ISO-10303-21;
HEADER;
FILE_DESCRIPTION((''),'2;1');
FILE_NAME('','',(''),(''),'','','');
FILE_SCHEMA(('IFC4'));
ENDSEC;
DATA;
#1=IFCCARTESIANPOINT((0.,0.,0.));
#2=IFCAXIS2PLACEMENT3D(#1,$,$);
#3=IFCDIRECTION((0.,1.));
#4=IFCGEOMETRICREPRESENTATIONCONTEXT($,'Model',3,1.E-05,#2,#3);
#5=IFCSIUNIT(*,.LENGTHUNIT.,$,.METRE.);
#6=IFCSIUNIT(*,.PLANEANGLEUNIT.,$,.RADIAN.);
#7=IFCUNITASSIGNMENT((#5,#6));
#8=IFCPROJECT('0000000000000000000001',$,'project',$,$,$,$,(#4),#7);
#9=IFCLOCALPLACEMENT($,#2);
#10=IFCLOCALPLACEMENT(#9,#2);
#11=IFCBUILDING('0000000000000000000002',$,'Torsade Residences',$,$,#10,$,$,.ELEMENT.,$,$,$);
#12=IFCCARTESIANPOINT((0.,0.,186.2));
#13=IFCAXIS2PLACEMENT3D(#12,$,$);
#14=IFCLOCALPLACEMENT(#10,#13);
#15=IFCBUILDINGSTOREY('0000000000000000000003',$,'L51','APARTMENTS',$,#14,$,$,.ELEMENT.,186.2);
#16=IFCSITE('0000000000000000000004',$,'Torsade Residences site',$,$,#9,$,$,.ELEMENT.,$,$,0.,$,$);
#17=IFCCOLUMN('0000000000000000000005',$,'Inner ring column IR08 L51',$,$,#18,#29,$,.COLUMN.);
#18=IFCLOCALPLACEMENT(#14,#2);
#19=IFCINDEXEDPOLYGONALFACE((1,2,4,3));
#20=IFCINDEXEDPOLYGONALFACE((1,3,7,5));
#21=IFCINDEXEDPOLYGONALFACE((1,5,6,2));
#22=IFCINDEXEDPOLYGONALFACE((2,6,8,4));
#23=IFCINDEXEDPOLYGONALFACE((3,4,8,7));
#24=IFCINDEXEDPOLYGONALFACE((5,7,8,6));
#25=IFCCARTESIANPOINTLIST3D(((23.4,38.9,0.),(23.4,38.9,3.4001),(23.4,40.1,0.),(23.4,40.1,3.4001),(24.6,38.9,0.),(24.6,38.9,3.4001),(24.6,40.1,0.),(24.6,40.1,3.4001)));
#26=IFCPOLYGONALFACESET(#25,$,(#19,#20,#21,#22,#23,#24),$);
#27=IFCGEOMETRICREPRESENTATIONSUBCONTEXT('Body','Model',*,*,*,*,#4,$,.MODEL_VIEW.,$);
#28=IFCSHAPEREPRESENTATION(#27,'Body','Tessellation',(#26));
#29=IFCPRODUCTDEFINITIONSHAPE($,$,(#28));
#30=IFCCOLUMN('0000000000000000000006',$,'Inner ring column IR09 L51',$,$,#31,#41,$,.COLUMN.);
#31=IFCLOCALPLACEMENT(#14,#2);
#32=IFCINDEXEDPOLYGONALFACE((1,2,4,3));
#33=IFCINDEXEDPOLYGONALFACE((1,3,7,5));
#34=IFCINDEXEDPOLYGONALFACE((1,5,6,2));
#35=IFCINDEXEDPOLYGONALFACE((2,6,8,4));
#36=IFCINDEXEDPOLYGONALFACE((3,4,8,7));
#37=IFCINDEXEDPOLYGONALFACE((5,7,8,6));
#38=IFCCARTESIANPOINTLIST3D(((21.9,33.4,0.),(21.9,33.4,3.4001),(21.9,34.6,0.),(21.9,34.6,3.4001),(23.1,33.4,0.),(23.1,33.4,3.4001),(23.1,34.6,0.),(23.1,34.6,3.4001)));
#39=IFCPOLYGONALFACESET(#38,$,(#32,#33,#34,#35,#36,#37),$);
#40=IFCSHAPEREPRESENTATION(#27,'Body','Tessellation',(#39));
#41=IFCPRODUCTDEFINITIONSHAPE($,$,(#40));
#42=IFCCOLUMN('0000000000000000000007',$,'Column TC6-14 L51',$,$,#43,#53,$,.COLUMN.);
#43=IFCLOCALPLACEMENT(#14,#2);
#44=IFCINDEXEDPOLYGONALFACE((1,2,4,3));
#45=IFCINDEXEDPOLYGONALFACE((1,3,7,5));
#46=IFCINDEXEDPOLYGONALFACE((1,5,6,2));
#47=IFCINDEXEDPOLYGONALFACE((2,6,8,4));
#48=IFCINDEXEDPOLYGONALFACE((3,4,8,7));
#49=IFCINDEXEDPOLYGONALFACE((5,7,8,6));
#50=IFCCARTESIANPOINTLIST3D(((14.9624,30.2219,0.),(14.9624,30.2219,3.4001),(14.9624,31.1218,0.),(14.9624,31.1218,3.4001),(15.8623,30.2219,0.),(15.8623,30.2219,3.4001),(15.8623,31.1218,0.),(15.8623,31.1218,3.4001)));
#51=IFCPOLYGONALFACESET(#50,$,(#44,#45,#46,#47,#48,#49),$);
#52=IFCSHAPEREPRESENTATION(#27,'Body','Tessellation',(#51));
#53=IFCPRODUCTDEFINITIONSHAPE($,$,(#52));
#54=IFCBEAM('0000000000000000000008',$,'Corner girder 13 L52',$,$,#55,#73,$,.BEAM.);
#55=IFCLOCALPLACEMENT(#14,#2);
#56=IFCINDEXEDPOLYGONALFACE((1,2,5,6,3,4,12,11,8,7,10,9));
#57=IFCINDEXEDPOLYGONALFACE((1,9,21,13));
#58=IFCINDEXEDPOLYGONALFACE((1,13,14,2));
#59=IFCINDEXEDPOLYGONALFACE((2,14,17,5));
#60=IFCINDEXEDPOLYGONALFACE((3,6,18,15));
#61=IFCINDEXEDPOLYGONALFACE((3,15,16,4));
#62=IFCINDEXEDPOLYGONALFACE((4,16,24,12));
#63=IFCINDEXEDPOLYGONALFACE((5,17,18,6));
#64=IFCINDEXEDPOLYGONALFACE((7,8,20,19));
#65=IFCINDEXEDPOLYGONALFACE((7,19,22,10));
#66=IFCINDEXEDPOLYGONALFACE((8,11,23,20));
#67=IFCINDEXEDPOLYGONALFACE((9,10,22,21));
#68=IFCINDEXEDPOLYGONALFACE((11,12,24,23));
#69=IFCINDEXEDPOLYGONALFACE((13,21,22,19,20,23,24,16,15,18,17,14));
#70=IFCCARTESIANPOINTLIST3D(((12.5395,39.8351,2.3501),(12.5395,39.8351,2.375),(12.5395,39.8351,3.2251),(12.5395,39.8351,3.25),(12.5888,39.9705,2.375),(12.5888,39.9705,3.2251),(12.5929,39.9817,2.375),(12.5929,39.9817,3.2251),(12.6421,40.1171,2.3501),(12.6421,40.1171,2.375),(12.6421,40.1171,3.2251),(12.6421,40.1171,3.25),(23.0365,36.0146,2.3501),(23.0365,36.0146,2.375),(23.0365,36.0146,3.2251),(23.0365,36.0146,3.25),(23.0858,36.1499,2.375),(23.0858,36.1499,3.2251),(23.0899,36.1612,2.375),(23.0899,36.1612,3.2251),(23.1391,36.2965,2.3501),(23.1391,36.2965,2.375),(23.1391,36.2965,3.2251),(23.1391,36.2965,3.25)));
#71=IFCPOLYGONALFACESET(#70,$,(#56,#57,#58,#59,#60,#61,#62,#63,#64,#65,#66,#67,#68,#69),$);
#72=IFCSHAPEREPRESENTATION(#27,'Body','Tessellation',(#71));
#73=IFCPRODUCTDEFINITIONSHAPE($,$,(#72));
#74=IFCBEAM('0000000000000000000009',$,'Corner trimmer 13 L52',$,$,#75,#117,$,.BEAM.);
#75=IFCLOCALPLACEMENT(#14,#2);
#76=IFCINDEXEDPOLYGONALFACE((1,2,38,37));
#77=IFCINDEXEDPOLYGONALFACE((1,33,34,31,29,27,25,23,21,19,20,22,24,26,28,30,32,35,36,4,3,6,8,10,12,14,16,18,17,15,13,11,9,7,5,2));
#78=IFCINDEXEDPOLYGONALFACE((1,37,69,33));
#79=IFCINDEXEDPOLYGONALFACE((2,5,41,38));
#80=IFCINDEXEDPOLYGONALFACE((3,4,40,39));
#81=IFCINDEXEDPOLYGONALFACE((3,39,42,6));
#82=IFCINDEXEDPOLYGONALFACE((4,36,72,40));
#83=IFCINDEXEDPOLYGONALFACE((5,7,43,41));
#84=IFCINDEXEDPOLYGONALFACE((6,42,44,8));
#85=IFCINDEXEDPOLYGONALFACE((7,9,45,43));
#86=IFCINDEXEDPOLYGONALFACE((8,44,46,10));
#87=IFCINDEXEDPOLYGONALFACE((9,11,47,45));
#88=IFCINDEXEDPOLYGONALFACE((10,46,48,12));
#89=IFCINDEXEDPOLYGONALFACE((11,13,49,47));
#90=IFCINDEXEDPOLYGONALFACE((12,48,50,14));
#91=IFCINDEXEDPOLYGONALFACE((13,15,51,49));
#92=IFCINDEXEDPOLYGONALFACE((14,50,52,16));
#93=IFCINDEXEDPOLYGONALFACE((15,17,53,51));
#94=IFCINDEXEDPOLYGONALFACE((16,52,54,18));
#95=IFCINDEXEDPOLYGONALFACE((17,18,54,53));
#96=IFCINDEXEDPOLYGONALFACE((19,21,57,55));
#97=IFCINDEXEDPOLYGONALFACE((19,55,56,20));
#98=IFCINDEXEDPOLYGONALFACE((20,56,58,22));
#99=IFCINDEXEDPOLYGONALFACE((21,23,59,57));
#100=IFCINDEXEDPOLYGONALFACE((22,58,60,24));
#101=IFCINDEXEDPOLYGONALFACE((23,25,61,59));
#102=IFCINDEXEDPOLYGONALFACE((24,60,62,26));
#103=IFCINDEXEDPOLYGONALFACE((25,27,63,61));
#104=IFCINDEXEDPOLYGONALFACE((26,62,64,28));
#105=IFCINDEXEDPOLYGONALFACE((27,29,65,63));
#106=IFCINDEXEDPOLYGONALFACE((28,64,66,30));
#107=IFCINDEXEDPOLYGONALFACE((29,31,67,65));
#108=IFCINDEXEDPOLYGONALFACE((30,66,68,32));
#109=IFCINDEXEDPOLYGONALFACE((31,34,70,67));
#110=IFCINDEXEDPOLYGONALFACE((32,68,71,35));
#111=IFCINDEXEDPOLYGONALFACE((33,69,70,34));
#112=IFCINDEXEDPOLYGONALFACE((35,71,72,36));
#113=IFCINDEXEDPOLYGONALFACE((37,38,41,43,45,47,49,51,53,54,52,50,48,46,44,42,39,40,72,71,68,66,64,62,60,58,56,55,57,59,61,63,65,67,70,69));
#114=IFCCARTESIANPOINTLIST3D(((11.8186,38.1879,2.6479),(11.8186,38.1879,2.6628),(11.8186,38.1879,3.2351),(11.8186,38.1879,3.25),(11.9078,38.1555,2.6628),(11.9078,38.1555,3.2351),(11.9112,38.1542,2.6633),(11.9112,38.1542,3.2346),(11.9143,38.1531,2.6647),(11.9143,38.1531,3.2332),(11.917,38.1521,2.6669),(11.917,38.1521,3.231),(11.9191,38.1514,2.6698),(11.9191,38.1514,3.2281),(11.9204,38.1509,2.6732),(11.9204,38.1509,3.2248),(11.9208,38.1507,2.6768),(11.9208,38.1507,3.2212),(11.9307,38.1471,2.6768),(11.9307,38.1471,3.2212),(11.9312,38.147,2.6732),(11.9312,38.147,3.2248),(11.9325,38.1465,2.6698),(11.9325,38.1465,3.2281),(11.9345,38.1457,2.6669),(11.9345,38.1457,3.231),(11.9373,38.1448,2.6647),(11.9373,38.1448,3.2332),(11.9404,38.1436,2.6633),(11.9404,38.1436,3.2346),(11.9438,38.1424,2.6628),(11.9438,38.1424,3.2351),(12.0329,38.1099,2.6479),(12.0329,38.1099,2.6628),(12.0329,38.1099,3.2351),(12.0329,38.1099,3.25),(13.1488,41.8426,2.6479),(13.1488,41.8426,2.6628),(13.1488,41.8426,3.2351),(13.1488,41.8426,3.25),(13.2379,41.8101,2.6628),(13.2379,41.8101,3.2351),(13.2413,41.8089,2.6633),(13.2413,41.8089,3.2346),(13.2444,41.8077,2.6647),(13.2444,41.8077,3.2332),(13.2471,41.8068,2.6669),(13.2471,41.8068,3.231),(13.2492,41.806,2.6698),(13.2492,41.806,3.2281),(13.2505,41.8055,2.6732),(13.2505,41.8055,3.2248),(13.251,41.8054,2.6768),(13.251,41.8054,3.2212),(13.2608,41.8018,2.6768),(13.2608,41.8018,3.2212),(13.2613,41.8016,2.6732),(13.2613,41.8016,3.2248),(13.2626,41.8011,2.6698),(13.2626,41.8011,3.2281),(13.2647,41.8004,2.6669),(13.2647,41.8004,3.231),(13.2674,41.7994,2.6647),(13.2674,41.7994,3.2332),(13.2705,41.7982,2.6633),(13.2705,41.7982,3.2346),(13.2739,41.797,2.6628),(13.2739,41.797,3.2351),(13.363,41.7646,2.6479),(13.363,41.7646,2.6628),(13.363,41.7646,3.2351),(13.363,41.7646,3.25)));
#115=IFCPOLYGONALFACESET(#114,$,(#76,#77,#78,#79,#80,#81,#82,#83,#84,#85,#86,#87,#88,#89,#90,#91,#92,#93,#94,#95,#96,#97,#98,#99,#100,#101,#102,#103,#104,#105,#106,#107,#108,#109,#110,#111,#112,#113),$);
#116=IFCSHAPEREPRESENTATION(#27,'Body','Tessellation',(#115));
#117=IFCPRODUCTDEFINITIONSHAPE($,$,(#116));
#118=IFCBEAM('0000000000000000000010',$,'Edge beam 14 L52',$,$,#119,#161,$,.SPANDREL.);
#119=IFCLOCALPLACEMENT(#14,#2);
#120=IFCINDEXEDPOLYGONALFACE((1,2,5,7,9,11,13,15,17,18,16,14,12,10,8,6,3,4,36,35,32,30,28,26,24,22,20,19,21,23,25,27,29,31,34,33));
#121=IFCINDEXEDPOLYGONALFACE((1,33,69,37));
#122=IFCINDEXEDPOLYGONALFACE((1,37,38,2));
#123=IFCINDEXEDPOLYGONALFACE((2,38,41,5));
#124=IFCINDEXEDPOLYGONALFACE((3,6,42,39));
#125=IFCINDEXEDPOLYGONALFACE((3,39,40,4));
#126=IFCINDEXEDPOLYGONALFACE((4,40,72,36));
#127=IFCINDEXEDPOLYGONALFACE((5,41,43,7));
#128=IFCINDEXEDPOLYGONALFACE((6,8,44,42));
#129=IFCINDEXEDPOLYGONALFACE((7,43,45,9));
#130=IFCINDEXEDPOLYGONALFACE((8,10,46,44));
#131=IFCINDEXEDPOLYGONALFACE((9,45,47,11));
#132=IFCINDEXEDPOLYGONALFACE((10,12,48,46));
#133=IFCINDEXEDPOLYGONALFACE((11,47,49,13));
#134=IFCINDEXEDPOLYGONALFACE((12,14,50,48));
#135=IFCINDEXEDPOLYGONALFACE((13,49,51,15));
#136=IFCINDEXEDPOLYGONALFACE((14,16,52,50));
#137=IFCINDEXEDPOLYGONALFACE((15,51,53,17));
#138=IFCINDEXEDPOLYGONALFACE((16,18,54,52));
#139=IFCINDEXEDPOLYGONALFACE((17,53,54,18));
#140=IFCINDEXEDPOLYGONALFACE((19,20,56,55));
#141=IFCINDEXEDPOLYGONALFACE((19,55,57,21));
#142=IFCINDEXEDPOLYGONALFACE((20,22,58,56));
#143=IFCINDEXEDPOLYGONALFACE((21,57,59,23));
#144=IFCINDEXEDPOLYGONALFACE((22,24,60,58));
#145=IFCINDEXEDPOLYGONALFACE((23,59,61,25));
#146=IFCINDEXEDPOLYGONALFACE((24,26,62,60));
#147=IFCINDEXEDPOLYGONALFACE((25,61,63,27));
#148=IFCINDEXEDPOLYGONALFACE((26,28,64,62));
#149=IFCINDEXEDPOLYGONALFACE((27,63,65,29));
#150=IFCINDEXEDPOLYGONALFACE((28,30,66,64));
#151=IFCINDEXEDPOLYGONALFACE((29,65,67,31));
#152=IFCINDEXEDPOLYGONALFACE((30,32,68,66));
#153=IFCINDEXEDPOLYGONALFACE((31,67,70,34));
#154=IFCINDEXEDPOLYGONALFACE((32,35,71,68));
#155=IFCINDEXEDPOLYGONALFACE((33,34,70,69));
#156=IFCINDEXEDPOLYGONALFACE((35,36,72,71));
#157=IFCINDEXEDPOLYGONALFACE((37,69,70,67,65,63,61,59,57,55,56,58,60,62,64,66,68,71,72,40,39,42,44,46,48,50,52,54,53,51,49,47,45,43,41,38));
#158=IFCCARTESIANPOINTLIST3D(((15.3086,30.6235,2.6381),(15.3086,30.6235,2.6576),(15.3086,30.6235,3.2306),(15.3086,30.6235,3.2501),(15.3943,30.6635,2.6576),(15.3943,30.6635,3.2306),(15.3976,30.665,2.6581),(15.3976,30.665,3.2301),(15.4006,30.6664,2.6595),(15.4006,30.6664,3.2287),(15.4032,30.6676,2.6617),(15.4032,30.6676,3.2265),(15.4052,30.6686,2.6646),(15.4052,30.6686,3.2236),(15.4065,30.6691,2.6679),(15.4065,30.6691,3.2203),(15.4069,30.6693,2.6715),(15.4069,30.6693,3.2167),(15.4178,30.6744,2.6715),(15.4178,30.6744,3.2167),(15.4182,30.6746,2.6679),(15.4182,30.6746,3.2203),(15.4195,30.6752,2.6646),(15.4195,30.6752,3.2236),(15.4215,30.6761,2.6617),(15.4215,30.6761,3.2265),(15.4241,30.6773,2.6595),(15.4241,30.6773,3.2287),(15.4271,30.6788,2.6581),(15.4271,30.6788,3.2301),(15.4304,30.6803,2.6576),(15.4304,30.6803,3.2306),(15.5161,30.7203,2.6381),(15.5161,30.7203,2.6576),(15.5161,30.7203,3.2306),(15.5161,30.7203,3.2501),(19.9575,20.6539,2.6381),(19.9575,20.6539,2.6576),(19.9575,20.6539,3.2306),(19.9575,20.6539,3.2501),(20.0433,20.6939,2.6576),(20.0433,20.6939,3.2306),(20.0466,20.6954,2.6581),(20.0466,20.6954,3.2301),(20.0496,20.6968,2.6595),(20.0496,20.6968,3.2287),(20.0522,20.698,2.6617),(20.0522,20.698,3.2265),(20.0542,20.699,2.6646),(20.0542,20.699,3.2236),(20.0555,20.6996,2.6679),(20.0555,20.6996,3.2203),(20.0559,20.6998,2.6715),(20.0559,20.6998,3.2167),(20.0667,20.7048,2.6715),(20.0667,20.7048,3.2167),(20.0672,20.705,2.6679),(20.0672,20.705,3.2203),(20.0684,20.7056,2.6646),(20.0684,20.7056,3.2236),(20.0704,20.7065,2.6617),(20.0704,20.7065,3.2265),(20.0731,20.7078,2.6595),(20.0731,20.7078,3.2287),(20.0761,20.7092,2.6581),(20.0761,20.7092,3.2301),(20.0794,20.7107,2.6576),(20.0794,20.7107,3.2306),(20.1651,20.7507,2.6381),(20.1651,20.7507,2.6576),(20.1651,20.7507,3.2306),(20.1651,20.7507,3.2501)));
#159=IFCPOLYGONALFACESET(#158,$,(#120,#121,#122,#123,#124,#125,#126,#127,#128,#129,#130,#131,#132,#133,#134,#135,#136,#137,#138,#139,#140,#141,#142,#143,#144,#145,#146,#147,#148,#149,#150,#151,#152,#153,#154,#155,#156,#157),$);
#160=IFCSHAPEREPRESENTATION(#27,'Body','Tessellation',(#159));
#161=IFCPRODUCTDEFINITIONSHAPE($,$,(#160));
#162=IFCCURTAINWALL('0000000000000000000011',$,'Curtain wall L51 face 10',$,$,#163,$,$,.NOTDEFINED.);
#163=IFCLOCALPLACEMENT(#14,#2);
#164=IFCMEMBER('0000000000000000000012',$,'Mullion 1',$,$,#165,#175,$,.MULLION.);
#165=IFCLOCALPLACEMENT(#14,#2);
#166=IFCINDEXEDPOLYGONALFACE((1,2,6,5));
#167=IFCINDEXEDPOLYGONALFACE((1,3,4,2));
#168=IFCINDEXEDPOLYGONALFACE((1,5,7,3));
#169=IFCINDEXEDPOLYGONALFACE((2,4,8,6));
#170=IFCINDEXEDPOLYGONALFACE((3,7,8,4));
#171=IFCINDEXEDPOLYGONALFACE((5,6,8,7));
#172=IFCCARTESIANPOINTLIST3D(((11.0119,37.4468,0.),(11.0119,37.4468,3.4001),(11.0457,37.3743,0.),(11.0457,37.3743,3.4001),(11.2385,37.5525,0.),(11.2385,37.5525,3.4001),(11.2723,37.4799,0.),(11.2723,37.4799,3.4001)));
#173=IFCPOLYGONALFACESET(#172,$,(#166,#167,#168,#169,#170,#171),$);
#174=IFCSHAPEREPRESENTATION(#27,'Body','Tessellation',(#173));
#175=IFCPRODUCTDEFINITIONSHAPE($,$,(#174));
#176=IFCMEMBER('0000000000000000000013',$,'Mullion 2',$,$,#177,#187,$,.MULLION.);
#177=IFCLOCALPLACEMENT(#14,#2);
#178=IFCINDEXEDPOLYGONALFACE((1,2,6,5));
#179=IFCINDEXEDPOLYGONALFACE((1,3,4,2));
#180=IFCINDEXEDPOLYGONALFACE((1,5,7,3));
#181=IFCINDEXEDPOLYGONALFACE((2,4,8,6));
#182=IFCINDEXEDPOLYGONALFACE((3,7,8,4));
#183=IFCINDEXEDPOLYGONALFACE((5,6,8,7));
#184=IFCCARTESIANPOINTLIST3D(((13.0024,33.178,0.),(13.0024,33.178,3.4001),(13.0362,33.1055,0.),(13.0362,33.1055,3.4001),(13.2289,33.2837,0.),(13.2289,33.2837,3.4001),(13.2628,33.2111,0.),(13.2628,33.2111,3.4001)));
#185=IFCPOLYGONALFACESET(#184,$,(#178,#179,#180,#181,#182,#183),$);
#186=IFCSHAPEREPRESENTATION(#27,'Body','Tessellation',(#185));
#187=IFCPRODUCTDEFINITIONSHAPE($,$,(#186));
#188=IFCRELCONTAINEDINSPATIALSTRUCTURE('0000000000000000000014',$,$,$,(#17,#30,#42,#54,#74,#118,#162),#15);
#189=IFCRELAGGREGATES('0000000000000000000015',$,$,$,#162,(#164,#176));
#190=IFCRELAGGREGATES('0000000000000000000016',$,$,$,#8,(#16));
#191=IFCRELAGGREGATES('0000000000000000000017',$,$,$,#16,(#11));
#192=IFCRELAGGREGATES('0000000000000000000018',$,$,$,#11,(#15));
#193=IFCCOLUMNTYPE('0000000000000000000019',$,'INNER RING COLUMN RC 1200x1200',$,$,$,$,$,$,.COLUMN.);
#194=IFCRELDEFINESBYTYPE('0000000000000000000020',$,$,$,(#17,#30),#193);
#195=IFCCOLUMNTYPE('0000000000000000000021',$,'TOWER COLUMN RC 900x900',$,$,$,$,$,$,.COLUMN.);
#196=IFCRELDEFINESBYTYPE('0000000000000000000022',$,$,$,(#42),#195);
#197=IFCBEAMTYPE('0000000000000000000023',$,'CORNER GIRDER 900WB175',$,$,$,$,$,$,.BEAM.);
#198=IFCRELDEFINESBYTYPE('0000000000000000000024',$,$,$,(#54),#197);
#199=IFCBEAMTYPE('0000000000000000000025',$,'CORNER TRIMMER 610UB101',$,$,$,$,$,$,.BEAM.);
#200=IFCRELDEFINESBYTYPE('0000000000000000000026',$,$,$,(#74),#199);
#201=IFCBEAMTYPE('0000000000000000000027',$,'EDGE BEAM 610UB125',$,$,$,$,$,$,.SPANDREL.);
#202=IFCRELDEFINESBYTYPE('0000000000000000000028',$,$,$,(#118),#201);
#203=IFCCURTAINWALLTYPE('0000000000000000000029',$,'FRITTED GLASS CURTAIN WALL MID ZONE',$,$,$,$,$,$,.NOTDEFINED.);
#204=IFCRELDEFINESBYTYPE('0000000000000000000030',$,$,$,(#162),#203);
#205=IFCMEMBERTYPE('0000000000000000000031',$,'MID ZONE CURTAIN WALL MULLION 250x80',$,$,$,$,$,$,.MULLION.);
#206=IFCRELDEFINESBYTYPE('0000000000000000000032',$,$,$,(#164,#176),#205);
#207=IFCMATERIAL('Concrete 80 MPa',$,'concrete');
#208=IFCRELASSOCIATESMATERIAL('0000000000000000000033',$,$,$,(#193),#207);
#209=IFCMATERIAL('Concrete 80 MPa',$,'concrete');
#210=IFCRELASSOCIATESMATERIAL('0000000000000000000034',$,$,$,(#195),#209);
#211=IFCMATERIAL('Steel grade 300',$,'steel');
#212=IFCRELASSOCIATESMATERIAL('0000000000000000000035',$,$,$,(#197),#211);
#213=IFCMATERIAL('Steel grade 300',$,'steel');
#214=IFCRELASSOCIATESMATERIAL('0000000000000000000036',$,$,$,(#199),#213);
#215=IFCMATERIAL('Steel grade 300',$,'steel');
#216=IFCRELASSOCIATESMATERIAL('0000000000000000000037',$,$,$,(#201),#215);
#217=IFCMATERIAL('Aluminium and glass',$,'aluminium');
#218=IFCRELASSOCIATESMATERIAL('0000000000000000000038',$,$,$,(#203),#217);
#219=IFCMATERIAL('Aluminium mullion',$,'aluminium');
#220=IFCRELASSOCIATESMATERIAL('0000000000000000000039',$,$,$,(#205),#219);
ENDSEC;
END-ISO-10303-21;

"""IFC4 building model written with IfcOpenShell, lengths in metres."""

from ifc_helpers import new_model, si_unit, direction, frame, origin, origin_2d, place, context, subcontext, project, spatial, rectangle, i_section, extrude, material, material_profile, profile_set, type_object, element, aggregate, save


model = new_model("IFC4")

# Units and contexts
model_context = context("Model", 3, precision=1e-05, world=origin(), true_north=direction((0.0, 1.0)))
body_context = subcontext(model_context, "Body", "Model", "MODEL_VIEW")
ifc_project = project(units=[si_unit("LENGTHUNIT", "METRE"), si_unit("PLANEANGLEUNIT", "RADIAN")], contexts=[model_context])

# Site, building, storey
site_placement = place(None, origin())
site = spatial("IfcSite", under=ifc_project, at=site_placement, Name="Torsade Residences site", CompositionType="ELEMENT", RefElevation=0.0)
building_placement = place(site_placement, origin())
building = spatial("IfcBuilding", under=site, at=building_placement, Name="Torsade Residences", CompositionType="ELEMENT")
storey_placement = place(building_placement, frame((0.0, 0.0, 186.2)))
storey = spatial("IfcBuildingStorey", under=building, at=storey_placement, Name="L51", Description="APARTMENTS", CompositionType="ELEMENT", Elevation=186.2)

# Columns
ifc_material_1 = material(Name="Concrete 80 MPa", Category="concrete")
ifc_material_profile_1 = material_profile(ifc_material_1, rectangle(XDim=1.2, YDim=1.2, at=origin_2d()), Name="RC 1200x1200")
ifc_profile_set_1 = profile_set([ifc_material_profile_1], Name="Concrete 80 MPa")
column_type_1 = type_object("IfcColumnType", Name="INNER RING COLUMN RC 1200x1200", PredefinedType="COLUMN", material=ifc_profile_set_1)
for number, where, z_axis, x_axis, name in (
    (1, (24.0, 39.5, 0.0), (0.0, 0.0, 1.0), (1.0, 0.0, 0.0), "Inner ring column IR08 L51"),
    (2, (22.5, 34.0, 0.0), (0.0, 0.0, 1.0), (1.0, 0.0, 0.0), "Inner ring column IR09 L51"),
):
    element("IfcColumn", number, at=place(storey_placement, frame(where, z_axis=z_axis, x_axis=x_axis)), inside=storey, type_object=column_type_1, Name=name, PredefinedType="COLUMN", context=body_context, shape_type="SweptSolid", body=[
        extrude(rectangle(XDim=1.2, YDim=1.2, at=origin_2d()), origin(), (0.0, 0.0, 1.0), 3.4001),
    ])
ifc_material_2 = material(Name="Concrete 80 MPa", Category="concrete")
ifc_material_profile_2 = material_profile(ifc_material_2, rectangle(XDim=0.8999, YDim=0.8999, at=origin_2d()), Name="RC 900x900")
ifc_profile_set_2 = profile_set([ifc_material_profile_2], Name="Concrete 80 MPa")
column_type_2 = type_object("IfcColumnType", Name="TOWER COLUMN RC 900x900", PredefinedType="COLUMN", material=ifc_profile_set_2)
column_placement = place(storey_placement, frame((15.4124, 30.6719, 0.0), z_axis=(0.0, 0.0, 1.0), x_axis=(1.0, 0.0, 0.0)))
element("IfcColumn", 3, at=column_placement, inside=storey, type_object=column_type_2, Name="Column TC6-14 L51", PredefinedType="COLUMN", context=body_context, shape_type="SweptSolid", body=[
    extrude(rectangle(XDim=0.8999, YDim=0.8999, at=origin_2d()), origin(), (0.0, 0.0, 1.0), 3.4001),
])

# Beams
ifc_material_3 = material(Name="Steel grade 300", Category="steel")
ifc_material_profile_3 = material_profile(ifc_material_3, i_section(OverallWidth=0.3, OverallDepth=0.8999, WebThickness=0.012, FlangeThickness=0.0249, at=origin_2d()), Name="900WB175")
ifc_profile_set_3 = profile_set([ifc_material_profile_3], Name="Steel grade 300")
beam_type_1 = type_object("IfcBeamType", Name="CORNER GIRDER 900WB175", PredefinedType="BEAM", material=ifc_profile_set_3)
beam_1_placement = place(storey_placement, frame((12.5908, 39.9761, 2.8), z_axis=(0.939694, -0.342015, 0.0), x_axis=(0.342015, 0.939694, 0.0)))
element("IfcBeam", 4, at=beam_1_placement, inside=storey, type_object=beam_type_1, Name="Corner girder 13 L52", PredefinedType="BEAM", context=body_context, shape_type="SweptSolid", body=[
    extrude(i_section(OverallWidth=0.3, OverallDepth=0.8999, WebThickness=0.012, FlangeThickness=0.0249, at=origin_2d()), origin(), (0.0, 0.0, 1.0), 11.1707),
])
ifc_material_4 = material(Name="Steel grade 300", Category="steel")
ifc_material_profile_4 = material_profile(ifc_material_4, i_section(OverallWidth=0.228, OverallDepth=0.6021, WebThickness=0.0105, FlangeThickness=0.0149, FilletRadius=0.0139, at=origin_2d()), Name="610UB101")
ifc_profile_set_4 = profile_set([ifc_material_profile_4], Name="Steel grade 300")
beam_type_2 = type_object("IfcBeamType", Name="CORNER TRIMMER 610UB101", PredefinedType="BEAM", material=ifc_profile_set_4)
beam_2_placement = place(storey_placement, frame((11.9258, 38.1489, 2.949), z_axis=(0.342005, 0.939698, 0.0), x_axis=(-0.939698, 0.342005, 0.0)))
element("IfcBeam", 5, at=beam_2_placement, inside=storey, type_object=beam_type_2, Name="Corner trimmer 13 L52", PredefinedType="BEAM", context=body_context, shape_type="SweptSolid", body=[
    extrude(i_section(OverallWidth=0.228, OverallDepth=0.6021, WebThickness=0.0105, FlangeThickness=0.0149, FilletRadius=0.0139, at=origin_2d()), origin(), (0.0, 0.0, 1.0), 3.8892),
])
ifc_material_5 = material(Name="Steel grade 300", Category="steel")
ifc_material_profile_5 = material_profile(ifc_material_5, i_section(OverallWidth=0.229, OverallDepth=0.6121, WebThickness=0.012, FlangeThickness=0.0195, FilletRadius=0.0139, at=origin_2d()), Name="610UB125")
ifc_profile_set_5 = profile_set([ifc_material_profile_5], Name="Steel grade 300")
beam_type_3 = type_object("IfcBeamType", Name="EDGE BEAM 610UB125", PredefinedType="SPANDREL", material=ifc_profile_set_5)
beam_3_placement = place(storey_placement, frame((15.4124, 30.6719, 2.9441), z_axis=(0.422624, -0.906305, 0.0), x_axis=(0.906305, 0.422624, 0.0)))
element("IfcBeam", 6, at=beam_3_placement, inside=storey, type_object=beam_type_3, Name="Edge beam 14 L52", PredefinedType="SPANDREL", context=body_context, shape_type="SweptSolid", body=[
    extrude(i_section(OverallWidth=0.229, OverallDepth=0.6121, WebThickness=0.012, FlangeThickness=0.0195, FilletRadius=0.0139, at=origin_2d()), origin(), (0.0, 0.0, 1.0), 11.0002),
])

# Curtain wall, members
ifc_material_6 = material(Name="Aluminium and glass", Category="aluminium")
curtain_wall_type = type_object("IfcCurtainWallType", Name="FRITTED GLASS CURTAIN WALL MID ZONE", PredefinedType="NOTDEFINED", material=ifc_material_6)
curtain_wall_placement = place(storey_placement, origin())
curtain_wall = element("IfcCurtainWall", 7, at=curtain_wall_placement, inside=storey, type_object=curtain_wall_type, Name="Curtain wall L51 face 10", PredefinedType="NOTDEFINED")
ifc_material_7 = material(Name="Aluminium mullion", Category="aluminium")
ifc_material_profile_6 = material_profile(ifc_material_7, rectangle(XDim=0.25, YDim=0.0801, at=origin_2d()), Name="MID ZONE CURTAIN WALL MULLION 250x80")
ifc_profile_set_6 = profile_set([ifc_material_profile_6], Name="Aluminium mullion")
member_type_1 = type_object("IfcMemberType", Name="MID ZONE CURTAIN WALL MULLION 250x80", PredefinedType="MULLION", material=ifc_profile_set_6)
member_1_placement = place(storey_placement, frame((11.1421, 37.4634, 0.0), z_axis=(0.0, 0.0, 1.0), x_axis=(0.906308, 0.422618, 0.0)))
member_1 = element("IfcMember", 8, at=member_1_placement, type_object=member_type_1, Name="Mullion 1", PredefinedType="MULLION", context=body_context, shape_type="SweptSolid", body=[
    extrude(rectangle(XDim=0.25, YDim=0.0801, at=origin_2d()), origin(), (0.0, 0.0, 1.0), 3.4001),
])
member_2_placement = place(storey_placement, frame((13.1326, 33.1946, 0.0), z_axis=(0.0, 0.0, 1.0), x_axis=(0.906308, 0.422618, 0.0)))
member_2 = element("IfcMember", 9, at=member_2_placement, type_object=member_type_1, Name="Mullion 2", PredefinedType="MULLION", context=body_context, shape_type="SweptSolid", body=[
    extrude(rectangle(XDim=0.25, YDim=0.0801, at=origin_2d()), origin(), (0.0, 0.0, 1.0), 3.4001),
])

aggregate(curtain_wall, [member_1, member_2])

save(model, "model.ifc")
